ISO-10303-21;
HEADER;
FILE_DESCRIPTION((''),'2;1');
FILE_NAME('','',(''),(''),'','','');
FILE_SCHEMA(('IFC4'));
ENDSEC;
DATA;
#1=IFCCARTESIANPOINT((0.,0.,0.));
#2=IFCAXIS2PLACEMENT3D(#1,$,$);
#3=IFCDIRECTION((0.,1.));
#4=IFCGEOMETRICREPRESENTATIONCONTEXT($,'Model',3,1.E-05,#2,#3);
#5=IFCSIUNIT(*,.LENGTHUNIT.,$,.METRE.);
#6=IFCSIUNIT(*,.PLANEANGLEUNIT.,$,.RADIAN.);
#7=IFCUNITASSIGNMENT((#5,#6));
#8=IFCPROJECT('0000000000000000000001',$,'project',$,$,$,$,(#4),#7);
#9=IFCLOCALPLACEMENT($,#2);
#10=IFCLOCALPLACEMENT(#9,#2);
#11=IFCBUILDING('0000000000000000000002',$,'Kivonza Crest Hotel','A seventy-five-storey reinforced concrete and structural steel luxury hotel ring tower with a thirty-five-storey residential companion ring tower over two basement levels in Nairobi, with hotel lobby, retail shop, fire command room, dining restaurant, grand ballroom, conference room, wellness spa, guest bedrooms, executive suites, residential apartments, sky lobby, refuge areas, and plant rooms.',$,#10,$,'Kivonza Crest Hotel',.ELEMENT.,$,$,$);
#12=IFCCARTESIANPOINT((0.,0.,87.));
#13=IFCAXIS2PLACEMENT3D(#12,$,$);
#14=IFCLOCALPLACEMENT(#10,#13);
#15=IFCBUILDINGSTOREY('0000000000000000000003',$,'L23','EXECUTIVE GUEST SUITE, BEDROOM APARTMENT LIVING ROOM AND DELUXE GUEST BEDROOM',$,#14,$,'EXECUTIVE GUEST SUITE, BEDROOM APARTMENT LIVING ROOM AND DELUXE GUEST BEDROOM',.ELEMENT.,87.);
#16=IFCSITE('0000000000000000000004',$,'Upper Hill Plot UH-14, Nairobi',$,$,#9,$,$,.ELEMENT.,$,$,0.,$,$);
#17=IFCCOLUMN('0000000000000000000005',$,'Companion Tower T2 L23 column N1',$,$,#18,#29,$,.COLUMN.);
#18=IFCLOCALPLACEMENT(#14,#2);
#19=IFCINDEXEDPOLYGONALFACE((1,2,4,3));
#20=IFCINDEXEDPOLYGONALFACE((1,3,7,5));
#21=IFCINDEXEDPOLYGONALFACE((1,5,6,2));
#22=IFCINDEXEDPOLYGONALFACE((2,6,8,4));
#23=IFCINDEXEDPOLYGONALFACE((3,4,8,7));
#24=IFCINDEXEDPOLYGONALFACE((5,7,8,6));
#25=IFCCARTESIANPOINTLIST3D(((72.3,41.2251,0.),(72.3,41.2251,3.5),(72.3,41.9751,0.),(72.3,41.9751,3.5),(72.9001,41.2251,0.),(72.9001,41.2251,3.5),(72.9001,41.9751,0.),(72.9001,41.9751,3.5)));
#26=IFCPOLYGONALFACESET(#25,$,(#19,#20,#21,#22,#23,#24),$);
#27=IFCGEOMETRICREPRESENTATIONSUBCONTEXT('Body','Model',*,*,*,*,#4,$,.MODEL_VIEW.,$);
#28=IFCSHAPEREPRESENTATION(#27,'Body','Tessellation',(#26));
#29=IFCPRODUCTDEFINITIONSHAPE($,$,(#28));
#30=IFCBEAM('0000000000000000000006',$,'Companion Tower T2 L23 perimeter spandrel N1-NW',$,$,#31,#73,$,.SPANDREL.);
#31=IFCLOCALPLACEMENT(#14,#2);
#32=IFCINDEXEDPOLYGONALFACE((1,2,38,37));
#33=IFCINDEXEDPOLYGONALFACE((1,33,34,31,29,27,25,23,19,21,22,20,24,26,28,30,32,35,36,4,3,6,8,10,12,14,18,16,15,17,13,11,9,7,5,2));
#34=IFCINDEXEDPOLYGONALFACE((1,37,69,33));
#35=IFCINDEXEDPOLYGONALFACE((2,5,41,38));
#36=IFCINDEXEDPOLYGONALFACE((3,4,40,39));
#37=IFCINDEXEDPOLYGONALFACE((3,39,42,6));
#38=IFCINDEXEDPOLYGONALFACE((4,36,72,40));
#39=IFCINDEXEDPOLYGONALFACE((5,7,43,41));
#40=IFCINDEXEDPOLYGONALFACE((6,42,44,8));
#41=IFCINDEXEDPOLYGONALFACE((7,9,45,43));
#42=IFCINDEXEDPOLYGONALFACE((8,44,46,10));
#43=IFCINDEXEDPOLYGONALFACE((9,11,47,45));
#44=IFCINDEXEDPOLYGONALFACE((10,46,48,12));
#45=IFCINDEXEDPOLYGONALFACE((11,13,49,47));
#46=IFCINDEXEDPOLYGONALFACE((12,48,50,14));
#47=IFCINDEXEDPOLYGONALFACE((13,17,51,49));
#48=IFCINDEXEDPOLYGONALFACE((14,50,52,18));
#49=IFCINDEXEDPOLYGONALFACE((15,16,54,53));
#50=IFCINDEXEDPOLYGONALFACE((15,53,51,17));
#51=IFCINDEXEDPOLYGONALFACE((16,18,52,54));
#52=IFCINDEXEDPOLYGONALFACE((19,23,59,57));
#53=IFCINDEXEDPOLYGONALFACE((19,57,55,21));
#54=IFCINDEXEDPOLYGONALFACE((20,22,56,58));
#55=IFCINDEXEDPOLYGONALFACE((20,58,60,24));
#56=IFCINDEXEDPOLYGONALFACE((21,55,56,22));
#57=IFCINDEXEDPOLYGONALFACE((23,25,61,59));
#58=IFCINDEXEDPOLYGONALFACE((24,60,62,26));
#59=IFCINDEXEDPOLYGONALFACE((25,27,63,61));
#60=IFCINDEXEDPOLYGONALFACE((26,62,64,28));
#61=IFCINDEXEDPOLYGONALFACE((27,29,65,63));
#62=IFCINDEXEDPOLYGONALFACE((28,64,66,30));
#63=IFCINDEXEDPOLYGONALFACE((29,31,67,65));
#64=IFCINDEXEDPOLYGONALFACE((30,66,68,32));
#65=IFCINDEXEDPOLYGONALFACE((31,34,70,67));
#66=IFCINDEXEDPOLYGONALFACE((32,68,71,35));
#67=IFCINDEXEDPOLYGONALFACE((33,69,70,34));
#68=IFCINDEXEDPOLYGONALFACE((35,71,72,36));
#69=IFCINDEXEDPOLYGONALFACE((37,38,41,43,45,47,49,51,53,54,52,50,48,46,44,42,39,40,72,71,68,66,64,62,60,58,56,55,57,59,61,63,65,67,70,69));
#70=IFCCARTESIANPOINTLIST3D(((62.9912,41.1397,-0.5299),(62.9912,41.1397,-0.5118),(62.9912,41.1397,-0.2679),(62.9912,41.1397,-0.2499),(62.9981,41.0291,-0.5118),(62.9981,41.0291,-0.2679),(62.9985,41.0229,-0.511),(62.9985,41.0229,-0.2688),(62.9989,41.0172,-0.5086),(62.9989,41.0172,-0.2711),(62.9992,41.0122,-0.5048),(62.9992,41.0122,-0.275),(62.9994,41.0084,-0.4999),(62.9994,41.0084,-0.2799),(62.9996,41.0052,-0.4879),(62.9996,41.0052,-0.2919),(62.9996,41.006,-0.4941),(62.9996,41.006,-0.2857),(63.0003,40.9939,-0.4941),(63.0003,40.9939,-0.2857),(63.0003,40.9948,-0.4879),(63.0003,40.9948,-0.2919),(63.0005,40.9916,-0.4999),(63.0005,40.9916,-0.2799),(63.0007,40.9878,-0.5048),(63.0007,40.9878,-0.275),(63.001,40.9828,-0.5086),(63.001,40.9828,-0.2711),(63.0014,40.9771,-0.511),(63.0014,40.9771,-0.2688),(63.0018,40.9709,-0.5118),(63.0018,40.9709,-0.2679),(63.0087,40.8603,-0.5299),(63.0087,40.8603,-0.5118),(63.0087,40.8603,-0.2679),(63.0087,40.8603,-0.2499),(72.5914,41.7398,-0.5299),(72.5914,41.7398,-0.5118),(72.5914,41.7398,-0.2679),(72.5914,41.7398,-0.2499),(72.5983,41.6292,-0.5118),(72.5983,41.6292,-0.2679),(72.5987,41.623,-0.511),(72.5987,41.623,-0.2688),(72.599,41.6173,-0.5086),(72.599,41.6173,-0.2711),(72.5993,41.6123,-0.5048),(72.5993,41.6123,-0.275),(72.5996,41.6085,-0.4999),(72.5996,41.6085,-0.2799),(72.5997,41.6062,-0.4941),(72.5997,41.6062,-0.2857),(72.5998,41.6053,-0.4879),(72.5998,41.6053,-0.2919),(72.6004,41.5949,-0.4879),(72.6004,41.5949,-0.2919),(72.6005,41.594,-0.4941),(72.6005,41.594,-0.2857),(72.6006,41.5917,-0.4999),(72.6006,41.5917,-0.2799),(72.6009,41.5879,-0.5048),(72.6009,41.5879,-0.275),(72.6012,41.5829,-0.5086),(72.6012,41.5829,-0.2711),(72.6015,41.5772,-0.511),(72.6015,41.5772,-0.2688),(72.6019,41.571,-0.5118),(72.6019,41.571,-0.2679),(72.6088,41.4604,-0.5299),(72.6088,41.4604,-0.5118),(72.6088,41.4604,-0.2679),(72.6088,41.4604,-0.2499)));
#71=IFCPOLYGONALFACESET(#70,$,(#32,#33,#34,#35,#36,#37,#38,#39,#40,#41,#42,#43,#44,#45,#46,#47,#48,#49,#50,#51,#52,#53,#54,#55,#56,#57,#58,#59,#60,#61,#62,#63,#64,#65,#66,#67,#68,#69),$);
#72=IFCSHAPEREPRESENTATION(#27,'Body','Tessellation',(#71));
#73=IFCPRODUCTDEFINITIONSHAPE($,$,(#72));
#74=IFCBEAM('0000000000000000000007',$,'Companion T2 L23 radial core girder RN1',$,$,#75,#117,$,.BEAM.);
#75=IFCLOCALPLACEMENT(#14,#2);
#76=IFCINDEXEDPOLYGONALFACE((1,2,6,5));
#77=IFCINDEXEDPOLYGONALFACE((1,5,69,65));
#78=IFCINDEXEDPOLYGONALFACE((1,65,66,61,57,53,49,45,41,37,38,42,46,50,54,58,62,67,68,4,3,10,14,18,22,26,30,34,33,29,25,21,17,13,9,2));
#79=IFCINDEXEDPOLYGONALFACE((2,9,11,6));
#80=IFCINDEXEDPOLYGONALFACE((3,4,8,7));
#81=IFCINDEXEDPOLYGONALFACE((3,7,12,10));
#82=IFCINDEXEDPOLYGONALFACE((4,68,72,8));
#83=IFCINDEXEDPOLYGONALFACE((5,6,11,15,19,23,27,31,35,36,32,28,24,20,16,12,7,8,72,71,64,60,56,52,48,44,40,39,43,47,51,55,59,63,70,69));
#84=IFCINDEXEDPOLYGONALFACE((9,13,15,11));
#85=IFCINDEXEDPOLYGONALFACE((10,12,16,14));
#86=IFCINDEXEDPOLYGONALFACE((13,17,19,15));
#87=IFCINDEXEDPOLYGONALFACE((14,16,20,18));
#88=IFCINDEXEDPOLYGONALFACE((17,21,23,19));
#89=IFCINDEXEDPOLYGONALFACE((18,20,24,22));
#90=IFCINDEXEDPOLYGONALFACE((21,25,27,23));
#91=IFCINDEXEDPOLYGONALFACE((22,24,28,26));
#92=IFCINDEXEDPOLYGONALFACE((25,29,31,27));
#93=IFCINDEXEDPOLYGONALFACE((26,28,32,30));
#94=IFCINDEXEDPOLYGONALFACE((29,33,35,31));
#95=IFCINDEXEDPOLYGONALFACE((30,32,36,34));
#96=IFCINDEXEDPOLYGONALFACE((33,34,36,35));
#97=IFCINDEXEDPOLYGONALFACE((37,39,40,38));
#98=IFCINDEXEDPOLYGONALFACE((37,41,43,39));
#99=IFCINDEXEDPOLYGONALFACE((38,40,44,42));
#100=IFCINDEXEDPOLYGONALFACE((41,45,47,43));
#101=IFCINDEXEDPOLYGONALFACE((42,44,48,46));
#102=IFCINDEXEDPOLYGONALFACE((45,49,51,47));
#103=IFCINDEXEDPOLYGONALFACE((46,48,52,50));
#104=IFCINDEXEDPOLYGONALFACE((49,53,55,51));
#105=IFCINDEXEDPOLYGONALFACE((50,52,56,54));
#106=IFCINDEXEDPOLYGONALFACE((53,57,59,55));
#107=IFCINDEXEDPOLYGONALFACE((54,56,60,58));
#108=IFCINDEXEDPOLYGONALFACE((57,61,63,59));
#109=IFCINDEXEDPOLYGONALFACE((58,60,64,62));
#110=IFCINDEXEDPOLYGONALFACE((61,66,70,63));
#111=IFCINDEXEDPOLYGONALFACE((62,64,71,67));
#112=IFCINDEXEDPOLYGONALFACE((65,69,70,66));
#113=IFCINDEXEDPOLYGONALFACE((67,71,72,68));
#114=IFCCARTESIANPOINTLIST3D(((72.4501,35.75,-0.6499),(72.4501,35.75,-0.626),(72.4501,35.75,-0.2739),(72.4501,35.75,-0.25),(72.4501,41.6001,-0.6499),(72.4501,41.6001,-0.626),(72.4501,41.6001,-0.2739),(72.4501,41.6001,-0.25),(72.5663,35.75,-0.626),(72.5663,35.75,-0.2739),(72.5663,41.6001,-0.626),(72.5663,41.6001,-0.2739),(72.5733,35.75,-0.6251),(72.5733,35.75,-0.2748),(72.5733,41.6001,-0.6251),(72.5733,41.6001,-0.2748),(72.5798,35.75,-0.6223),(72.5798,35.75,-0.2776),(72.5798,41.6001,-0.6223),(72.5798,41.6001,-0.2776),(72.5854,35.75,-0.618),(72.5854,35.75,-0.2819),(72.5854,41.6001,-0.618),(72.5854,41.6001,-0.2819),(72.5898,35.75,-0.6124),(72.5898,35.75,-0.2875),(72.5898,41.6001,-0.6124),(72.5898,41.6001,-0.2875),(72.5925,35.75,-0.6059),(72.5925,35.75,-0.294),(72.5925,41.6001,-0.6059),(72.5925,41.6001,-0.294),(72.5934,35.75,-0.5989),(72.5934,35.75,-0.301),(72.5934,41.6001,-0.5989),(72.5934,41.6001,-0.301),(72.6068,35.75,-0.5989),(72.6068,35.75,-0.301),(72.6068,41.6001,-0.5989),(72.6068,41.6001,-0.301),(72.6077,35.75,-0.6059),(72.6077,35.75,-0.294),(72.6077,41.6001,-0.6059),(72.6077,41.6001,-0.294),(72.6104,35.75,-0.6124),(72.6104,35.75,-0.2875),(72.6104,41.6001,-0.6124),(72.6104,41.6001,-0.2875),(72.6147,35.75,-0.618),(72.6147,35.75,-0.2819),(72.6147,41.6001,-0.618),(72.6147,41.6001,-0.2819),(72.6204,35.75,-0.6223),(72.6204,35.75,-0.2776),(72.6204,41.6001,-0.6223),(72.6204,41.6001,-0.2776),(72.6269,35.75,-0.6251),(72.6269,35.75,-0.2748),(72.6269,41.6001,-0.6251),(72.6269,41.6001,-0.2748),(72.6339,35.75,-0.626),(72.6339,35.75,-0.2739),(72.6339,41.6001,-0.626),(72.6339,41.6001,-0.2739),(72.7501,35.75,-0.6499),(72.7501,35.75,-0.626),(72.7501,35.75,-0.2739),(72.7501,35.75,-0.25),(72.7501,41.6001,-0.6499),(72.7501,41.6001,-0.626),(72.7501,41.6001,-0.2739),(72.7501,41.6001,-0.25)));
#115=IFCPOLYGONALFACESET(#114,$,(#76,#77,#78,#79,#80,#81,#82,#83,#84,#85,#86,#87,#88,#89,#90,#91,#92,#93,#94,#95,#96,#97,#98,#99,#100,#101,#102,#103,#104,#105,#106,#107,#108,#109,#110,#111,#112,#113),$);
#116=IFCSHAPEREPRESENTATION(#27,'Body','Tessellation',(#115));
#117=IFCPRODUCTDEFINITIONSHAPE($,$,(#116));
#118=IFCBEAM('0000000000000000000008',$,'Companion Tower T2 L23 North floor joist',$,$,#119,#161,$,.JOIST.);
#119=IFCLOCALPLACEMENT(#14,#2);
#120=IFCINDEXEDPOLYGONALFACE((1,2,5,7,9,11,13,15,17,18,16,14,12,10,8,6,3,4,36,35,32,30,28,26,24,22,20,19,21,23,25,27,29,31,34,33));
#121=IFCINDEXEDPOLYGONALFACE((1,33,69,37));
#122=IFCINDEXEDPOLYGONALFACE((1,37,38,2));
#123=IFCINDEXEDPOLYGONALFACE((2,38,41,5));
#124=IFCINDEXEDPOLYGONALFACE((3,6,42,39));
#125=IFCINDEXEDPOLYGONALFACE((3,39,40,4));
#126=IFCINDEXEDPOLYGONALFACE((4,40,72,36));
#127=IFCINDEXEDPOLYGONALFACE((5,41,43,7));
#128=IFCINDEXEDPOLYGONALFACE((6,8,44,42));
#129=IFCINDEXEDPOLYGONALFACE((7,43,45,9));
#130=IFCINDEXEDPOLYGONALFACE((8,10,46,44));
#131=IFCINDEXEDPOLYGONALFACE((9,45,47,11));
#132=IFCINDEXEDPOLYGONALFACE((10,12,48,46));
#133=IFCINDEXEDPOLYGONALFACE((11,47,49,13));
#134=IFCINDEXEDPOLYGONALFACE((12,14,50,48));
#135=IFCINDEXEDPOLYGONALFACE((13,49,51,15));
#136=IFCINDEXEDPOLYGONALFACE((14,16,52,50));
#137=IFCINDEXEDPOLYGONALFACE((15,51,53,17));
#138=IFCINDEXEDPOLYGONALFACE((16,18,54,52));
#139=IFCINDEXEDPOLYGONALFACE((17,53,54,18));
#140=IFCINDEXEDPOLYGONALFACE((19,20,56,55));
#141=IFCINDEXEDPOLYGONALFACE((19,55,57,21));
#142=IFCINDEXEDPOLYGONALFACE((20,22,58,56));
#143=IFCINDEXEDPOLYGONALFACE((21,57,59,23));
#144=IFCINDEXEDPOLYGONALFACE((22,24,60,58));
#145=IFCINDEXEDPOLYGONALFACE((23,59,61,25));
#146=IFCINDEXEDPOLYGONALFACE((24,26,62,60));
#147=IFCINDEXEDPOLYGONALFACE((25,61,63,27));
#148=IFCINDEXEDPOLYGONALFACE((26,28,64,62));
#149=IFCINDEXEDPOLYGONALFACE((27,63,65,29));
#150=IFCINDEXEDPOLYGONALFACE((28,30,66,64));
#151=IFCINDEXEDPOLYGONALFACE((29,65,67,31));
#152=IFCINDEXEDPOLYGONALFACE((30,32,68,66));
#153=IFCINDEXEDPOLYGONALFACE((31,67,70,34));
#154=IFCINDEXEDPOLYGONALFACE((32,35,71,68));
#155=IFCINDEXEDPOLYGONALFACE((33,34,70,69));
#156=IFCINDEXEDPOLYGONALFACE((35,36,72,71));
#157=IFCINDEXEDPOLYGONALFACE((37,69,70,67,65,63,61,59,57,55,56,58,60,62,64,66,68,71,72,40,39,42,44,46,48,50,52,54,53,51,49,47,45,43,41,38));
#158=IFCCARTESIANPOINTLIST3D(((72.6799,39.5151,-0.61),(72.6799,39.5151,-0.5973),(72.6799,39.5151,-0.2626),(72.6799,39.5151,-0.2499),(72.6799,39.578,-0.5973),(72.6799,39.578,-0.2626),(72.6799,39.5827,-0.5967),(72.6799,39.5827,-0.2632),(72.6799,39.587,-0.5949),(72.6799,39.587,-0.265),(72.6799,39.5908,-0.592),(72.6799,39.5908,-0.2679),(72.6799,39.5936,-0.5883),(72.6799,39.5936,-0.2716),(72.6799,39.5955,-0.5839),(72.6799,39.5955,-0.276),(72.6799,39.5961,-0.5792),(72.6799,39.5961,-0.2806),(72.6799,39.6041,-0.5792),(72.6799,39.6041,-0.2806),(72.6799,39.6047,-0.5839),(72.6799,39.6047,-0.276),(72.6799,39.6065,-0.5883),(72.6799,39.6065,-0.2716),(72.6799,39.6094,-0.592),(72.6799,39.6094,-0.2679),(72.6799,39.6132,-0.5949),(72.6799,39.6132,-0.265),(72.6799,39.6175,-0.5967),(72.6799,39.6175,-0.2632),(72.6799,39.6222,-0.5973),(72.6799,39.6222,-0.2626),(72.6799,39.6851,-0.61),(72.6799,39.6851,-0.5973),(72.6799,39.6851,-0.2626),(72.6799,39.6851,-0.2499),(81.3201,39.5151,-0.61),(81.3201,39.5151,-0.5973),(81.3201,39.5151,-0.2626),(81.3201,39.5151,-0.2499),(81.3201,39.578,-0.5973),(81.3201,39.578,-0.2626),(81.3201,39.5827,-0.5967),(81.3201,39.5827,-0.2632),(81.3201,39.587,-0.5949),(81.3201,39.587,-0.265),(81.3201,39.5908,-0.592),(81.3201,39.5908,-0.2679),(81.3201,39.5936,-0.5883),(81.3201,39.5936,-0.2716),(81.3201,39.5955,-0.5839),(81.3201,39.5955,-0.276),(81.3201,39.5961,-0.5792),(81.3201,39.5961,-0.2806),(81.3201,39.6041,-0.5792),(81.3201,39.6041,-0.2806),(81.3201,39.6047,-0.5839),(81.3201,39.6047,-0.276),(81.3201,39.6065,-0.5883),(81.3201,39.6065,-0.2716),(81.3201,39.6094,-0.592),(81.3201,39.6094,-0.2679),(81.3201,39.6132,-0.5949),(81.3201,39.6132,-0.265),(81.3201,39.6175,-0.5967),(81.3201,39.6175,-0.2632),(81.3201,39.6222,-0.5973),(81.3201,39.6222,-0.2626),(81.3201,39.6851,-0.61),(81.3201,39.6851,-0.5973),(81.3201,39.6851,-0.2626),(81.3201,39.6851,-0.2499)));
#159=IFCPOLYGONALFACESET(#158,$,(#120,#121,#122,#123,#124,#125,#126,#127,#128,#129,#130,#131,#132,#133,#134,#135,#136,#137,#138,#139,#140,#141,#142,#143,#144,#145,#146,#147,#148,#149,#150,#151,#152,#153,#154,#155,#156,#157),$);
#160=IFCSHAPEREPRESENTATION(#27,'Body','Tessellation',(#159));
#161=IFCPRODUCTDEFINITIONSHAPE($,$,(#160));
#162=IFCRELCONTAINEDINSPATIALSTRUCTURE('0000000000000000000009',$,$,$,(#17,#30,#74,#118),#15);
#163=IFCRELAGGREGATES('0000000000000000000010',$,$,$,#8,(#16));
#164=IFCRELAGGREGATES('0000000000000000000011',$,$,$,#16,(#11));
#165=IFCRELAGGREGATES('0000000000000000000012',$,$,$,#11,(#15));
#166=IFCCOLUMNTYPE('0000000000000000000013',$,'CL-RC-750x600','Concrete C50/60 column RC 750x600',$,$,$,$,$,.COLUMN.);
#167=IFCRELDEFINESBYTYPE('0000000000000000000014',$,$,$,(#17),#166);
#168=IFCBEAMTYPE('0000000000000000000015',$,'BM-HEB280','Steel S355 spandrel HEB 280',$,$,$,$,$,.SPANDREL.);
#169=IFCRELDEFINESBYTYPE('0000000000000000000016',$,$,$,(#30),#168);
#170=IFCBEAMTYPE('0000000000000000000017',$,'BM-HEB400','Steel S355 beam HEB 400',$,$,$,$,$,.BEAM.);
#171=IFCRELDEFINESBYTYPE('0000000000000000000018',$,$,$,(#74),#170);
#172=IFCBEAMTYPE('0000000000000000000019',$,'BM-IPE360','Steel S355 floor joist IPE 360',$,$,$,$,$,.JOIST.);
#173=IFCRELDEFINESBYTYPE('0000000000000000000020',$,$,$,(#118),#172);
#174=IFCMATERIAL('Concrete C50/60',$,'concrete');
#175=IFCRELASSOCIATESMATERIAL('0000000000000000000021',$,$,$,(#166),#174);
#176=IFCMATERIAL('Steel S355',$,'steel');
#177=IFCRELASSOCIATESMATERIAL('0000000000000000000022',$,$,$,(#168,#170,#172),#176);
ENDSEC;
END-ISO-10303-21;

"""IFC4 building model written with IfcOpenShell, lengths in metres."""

from ifc_helpers import new_model, si_unit, direction, frame, origin, origin_2d, place, context, subcontext, project, spatial, rectangle, i_section, extrude, material, material_profile, profile_set, type_object, element, save


model = new_model("IFC4")

# Units and contexts
model_context = context("Model", 3, precision=1e-05, world=origin(), true_north=direction((0.0, 1.0)))
body_context = subcontext(model_context, "Body", "Model", "MODEL_VIEW")
ifc_project = project(units=[si_unit("LENGTHUNIT", "METRE"), si_unit("PLANEANGLEUNIT", "RADIAN")], contexts=[model_context])

# Site, building, storey
site_placement = place(None, origin())
site = spatial("IfcSite", under=ifc_project, at=site_placement, Name="Upper Hill Plot UH-14, Nairobi", CompositionType="ELEMENT", RefElevation=0.0)
building_placement = place(site_placement, origin())
building = spatial("IfcBuilding", under=site, at=building_placement, Name="Kivonza Crest Hotel", Description="A seventy-five-storey reinforced concrete and structural steel luxury hotel ring tower with a thirty-five-storey residential companion ring tower over two basement levels in Nairobi, with hotel lobby, retail shop, fire command room, dining restaurant, grand ballroom, conference room, wellness spa, guest bedrooms, executive suites, residential apartments, sky lobby, refuge areas, and plant rooms.", LongName="Kivonza Crest Hotel", CompositionType="ELEMENT")
storey_placement = place(building_placement, frame((0.0, 0.0, 87.0)))
storey = spatial("IfcBuildingStorey", under=building, at=storey_placement, Name="L23", Description="EXECUTIVE GUEST SUITE, BEDROOM APARTMENT LIVING ROOM AND DELUXE GUEST BEDROOM", LongName="EXECUTIVE GUEST SUITE, BEDROOM APARTMENT LIVING ROOM AND DELUXE GUEST BEDROOM", CompositionType="ELEMENT", Elevation=87.0)

# Column
ifc_material_1 = material(Name="Concrete C50/60", Category="concrete")
ifc_material_profile_1 = material_profile(ifc_material_1, rectangle(XDim=0.6001, YDim=0.75, at=origin_2d()), Name="RC 750x600")
ifc_profile_set_1 = profile_set([ifc_material_profile_1], Name="Concrete C50/60")
column_type = type_object("IfcColumnType", Name="CL-RC-750x600", Description="Concrete C50/60 column RC 750x600", PredefinedType="COLUMN", material=ifc_profile_set_1)
column_placement = place(storey_placement, frame((72.6001, 41.6001, 0.0), z_axis=(0.0, 0.0, 1.0), x_axis=(1.0, 0.0, 0.0)))
element("IfcColumn", 1, at=column_placement, inside=storey, type_object=column_type, Name="Companion Tower T2 L23 column N1", PredefinedType="COLUMN", context=body_context, shape_type="SweptSolid", body=[
    extrude(rectangle(XDim=0.6001, YDim=0.75, at=origin_2d()), origin(), (0.0, 0.0, 1.0), 3.5),
])

# Beams
ifc_material_2 = material(Name="Steel S355", Category="steel")
ifc_material_profile_2 = material_profile(ifc_material_2, i_section(OverallWidth=0.28, OverallDepth=0.28, WebThickness=0.0105, FlangeThickness=0.0181, FilletRadius=0.0239, at=origin_2d()), Name="HEB 280")
ifc_profile_set_2 = profile_set([ifc_material_profile_2], Name="Steel S355")
beam_type_1 = type_object("IfcBeamType", Name="BM-HEB280", Description="Steel S355 spandrel HEB 280", PredefinedType="SPANDREL", material=ifc_profile_set_2)
beam_1_placement = place(storey_placement, frame((72.6001, 41.6001, -0.3899), z_axis=(-0.998052, -0.062388, 0.0), x_axis=(0.062388, -0.998052, 0.0)))
element("IfcBeam", 2, at=beam_1_placement, inside=storey, type_object=beam_type_1, Name="Companion Tower T2 L23 perimeter spandrel N1-NW", PredefinedType="SPANDREL", context=body_context, shape_type="SweptSolid", body=[
    extrude(i_section(OverallWidth=0.28, OverallDepth=0.28, WebThickness=0.0105, FlangeThickness=0.0181, FilletRadius=0.0239, at=origin_2d()), origin(), (0.0, 0.0, 1.0), 9.6189),
])
ifc_material_profile_3 = material_profile(ifc_material_2, i_section(OverallWidth=0.3, OverallDepth=0.3999, WebThickness=0.0134, FlangeThickness=0.0239, FilletRadius=0.0271, at=origin_2d()), Name="HEB 400")
ifc_profile_set_3 = profile_set([ifc_material_profile_3], Name="Steel S355")
beam_type_2 = type_object("IfcBeamType", Name="BM-HEB400", Description="Steel S355 beam HEB 400", PredefinedType="BEAM", material=ifc_profile_set_3)
beam_2_placement = place(storey_placement, frame((72.6001, 41.6001, -0.45), z_axis=(0.0, -1.0, 0.0), x_axis=(1.0, 0.0, 0.0)))
element("IfcBeam", 3, at=beam_2_placement, inside=storey, type_object=beam_type_2, Name="Companion T2 L23 radial core girder RN1", PredefinedType="BEAM", context=body_context, shape_type="SweptSolid", body=[
    extrude(i_section(OverallWidth=0.3, OverallDepth=0.3999, WebThickness=0.0134, FlangeThickness=0.0239, FilletRadius=0.0271, at=origin_2d()), origin(), (0.0, 0.0, 1.0), 5.8501),
])
ifc_material_profile_4 = material_profile(ifc_material_2, i_section(OverallWidth=0.1699, OverallDepth=0.3601, WebThickness=0.0081, FlangeThickness=0.0127, FilletRadius=0.0181, at=origin_2d()), Name="IPE 360")
ifc_profile_set_4 = profile_set([ifc_material_profile_4], Name="Steel S355")
beam_type_3 = type_object("IfcBeamType", Name="BM-IPE360", Description="Steel S355 floor joist IPE 360", PredefinedType="JOIST", material=ifc_profile_set_4)
beam_3_placement = place(storey_placement, frame((72.6799, 39.6001, -0.4299), z_axis=(1.0, 0.0, 0.0), x_axis=(0.0, 1.0, 0.0)))
element("IfcBeam", 4, at=beam_3_placement, inside=storey, type_object=beam_type_3, Name="Companion Tower T2 L23 North floor joist", PredefinedType="JOIST", context=body_context, shape_type="SweptSolid", body=[
    extrude(i_section(OverallWidth=0.1699, OverallDepth=0.3601, WebThickness=0.0081, FlangeThickness=0.0127, FilletRadius=0.0181, at=origin_2d()), origin(), (0.0, 0.0, 1.0), 8.6401),
])

save(model, "model.ifc")
